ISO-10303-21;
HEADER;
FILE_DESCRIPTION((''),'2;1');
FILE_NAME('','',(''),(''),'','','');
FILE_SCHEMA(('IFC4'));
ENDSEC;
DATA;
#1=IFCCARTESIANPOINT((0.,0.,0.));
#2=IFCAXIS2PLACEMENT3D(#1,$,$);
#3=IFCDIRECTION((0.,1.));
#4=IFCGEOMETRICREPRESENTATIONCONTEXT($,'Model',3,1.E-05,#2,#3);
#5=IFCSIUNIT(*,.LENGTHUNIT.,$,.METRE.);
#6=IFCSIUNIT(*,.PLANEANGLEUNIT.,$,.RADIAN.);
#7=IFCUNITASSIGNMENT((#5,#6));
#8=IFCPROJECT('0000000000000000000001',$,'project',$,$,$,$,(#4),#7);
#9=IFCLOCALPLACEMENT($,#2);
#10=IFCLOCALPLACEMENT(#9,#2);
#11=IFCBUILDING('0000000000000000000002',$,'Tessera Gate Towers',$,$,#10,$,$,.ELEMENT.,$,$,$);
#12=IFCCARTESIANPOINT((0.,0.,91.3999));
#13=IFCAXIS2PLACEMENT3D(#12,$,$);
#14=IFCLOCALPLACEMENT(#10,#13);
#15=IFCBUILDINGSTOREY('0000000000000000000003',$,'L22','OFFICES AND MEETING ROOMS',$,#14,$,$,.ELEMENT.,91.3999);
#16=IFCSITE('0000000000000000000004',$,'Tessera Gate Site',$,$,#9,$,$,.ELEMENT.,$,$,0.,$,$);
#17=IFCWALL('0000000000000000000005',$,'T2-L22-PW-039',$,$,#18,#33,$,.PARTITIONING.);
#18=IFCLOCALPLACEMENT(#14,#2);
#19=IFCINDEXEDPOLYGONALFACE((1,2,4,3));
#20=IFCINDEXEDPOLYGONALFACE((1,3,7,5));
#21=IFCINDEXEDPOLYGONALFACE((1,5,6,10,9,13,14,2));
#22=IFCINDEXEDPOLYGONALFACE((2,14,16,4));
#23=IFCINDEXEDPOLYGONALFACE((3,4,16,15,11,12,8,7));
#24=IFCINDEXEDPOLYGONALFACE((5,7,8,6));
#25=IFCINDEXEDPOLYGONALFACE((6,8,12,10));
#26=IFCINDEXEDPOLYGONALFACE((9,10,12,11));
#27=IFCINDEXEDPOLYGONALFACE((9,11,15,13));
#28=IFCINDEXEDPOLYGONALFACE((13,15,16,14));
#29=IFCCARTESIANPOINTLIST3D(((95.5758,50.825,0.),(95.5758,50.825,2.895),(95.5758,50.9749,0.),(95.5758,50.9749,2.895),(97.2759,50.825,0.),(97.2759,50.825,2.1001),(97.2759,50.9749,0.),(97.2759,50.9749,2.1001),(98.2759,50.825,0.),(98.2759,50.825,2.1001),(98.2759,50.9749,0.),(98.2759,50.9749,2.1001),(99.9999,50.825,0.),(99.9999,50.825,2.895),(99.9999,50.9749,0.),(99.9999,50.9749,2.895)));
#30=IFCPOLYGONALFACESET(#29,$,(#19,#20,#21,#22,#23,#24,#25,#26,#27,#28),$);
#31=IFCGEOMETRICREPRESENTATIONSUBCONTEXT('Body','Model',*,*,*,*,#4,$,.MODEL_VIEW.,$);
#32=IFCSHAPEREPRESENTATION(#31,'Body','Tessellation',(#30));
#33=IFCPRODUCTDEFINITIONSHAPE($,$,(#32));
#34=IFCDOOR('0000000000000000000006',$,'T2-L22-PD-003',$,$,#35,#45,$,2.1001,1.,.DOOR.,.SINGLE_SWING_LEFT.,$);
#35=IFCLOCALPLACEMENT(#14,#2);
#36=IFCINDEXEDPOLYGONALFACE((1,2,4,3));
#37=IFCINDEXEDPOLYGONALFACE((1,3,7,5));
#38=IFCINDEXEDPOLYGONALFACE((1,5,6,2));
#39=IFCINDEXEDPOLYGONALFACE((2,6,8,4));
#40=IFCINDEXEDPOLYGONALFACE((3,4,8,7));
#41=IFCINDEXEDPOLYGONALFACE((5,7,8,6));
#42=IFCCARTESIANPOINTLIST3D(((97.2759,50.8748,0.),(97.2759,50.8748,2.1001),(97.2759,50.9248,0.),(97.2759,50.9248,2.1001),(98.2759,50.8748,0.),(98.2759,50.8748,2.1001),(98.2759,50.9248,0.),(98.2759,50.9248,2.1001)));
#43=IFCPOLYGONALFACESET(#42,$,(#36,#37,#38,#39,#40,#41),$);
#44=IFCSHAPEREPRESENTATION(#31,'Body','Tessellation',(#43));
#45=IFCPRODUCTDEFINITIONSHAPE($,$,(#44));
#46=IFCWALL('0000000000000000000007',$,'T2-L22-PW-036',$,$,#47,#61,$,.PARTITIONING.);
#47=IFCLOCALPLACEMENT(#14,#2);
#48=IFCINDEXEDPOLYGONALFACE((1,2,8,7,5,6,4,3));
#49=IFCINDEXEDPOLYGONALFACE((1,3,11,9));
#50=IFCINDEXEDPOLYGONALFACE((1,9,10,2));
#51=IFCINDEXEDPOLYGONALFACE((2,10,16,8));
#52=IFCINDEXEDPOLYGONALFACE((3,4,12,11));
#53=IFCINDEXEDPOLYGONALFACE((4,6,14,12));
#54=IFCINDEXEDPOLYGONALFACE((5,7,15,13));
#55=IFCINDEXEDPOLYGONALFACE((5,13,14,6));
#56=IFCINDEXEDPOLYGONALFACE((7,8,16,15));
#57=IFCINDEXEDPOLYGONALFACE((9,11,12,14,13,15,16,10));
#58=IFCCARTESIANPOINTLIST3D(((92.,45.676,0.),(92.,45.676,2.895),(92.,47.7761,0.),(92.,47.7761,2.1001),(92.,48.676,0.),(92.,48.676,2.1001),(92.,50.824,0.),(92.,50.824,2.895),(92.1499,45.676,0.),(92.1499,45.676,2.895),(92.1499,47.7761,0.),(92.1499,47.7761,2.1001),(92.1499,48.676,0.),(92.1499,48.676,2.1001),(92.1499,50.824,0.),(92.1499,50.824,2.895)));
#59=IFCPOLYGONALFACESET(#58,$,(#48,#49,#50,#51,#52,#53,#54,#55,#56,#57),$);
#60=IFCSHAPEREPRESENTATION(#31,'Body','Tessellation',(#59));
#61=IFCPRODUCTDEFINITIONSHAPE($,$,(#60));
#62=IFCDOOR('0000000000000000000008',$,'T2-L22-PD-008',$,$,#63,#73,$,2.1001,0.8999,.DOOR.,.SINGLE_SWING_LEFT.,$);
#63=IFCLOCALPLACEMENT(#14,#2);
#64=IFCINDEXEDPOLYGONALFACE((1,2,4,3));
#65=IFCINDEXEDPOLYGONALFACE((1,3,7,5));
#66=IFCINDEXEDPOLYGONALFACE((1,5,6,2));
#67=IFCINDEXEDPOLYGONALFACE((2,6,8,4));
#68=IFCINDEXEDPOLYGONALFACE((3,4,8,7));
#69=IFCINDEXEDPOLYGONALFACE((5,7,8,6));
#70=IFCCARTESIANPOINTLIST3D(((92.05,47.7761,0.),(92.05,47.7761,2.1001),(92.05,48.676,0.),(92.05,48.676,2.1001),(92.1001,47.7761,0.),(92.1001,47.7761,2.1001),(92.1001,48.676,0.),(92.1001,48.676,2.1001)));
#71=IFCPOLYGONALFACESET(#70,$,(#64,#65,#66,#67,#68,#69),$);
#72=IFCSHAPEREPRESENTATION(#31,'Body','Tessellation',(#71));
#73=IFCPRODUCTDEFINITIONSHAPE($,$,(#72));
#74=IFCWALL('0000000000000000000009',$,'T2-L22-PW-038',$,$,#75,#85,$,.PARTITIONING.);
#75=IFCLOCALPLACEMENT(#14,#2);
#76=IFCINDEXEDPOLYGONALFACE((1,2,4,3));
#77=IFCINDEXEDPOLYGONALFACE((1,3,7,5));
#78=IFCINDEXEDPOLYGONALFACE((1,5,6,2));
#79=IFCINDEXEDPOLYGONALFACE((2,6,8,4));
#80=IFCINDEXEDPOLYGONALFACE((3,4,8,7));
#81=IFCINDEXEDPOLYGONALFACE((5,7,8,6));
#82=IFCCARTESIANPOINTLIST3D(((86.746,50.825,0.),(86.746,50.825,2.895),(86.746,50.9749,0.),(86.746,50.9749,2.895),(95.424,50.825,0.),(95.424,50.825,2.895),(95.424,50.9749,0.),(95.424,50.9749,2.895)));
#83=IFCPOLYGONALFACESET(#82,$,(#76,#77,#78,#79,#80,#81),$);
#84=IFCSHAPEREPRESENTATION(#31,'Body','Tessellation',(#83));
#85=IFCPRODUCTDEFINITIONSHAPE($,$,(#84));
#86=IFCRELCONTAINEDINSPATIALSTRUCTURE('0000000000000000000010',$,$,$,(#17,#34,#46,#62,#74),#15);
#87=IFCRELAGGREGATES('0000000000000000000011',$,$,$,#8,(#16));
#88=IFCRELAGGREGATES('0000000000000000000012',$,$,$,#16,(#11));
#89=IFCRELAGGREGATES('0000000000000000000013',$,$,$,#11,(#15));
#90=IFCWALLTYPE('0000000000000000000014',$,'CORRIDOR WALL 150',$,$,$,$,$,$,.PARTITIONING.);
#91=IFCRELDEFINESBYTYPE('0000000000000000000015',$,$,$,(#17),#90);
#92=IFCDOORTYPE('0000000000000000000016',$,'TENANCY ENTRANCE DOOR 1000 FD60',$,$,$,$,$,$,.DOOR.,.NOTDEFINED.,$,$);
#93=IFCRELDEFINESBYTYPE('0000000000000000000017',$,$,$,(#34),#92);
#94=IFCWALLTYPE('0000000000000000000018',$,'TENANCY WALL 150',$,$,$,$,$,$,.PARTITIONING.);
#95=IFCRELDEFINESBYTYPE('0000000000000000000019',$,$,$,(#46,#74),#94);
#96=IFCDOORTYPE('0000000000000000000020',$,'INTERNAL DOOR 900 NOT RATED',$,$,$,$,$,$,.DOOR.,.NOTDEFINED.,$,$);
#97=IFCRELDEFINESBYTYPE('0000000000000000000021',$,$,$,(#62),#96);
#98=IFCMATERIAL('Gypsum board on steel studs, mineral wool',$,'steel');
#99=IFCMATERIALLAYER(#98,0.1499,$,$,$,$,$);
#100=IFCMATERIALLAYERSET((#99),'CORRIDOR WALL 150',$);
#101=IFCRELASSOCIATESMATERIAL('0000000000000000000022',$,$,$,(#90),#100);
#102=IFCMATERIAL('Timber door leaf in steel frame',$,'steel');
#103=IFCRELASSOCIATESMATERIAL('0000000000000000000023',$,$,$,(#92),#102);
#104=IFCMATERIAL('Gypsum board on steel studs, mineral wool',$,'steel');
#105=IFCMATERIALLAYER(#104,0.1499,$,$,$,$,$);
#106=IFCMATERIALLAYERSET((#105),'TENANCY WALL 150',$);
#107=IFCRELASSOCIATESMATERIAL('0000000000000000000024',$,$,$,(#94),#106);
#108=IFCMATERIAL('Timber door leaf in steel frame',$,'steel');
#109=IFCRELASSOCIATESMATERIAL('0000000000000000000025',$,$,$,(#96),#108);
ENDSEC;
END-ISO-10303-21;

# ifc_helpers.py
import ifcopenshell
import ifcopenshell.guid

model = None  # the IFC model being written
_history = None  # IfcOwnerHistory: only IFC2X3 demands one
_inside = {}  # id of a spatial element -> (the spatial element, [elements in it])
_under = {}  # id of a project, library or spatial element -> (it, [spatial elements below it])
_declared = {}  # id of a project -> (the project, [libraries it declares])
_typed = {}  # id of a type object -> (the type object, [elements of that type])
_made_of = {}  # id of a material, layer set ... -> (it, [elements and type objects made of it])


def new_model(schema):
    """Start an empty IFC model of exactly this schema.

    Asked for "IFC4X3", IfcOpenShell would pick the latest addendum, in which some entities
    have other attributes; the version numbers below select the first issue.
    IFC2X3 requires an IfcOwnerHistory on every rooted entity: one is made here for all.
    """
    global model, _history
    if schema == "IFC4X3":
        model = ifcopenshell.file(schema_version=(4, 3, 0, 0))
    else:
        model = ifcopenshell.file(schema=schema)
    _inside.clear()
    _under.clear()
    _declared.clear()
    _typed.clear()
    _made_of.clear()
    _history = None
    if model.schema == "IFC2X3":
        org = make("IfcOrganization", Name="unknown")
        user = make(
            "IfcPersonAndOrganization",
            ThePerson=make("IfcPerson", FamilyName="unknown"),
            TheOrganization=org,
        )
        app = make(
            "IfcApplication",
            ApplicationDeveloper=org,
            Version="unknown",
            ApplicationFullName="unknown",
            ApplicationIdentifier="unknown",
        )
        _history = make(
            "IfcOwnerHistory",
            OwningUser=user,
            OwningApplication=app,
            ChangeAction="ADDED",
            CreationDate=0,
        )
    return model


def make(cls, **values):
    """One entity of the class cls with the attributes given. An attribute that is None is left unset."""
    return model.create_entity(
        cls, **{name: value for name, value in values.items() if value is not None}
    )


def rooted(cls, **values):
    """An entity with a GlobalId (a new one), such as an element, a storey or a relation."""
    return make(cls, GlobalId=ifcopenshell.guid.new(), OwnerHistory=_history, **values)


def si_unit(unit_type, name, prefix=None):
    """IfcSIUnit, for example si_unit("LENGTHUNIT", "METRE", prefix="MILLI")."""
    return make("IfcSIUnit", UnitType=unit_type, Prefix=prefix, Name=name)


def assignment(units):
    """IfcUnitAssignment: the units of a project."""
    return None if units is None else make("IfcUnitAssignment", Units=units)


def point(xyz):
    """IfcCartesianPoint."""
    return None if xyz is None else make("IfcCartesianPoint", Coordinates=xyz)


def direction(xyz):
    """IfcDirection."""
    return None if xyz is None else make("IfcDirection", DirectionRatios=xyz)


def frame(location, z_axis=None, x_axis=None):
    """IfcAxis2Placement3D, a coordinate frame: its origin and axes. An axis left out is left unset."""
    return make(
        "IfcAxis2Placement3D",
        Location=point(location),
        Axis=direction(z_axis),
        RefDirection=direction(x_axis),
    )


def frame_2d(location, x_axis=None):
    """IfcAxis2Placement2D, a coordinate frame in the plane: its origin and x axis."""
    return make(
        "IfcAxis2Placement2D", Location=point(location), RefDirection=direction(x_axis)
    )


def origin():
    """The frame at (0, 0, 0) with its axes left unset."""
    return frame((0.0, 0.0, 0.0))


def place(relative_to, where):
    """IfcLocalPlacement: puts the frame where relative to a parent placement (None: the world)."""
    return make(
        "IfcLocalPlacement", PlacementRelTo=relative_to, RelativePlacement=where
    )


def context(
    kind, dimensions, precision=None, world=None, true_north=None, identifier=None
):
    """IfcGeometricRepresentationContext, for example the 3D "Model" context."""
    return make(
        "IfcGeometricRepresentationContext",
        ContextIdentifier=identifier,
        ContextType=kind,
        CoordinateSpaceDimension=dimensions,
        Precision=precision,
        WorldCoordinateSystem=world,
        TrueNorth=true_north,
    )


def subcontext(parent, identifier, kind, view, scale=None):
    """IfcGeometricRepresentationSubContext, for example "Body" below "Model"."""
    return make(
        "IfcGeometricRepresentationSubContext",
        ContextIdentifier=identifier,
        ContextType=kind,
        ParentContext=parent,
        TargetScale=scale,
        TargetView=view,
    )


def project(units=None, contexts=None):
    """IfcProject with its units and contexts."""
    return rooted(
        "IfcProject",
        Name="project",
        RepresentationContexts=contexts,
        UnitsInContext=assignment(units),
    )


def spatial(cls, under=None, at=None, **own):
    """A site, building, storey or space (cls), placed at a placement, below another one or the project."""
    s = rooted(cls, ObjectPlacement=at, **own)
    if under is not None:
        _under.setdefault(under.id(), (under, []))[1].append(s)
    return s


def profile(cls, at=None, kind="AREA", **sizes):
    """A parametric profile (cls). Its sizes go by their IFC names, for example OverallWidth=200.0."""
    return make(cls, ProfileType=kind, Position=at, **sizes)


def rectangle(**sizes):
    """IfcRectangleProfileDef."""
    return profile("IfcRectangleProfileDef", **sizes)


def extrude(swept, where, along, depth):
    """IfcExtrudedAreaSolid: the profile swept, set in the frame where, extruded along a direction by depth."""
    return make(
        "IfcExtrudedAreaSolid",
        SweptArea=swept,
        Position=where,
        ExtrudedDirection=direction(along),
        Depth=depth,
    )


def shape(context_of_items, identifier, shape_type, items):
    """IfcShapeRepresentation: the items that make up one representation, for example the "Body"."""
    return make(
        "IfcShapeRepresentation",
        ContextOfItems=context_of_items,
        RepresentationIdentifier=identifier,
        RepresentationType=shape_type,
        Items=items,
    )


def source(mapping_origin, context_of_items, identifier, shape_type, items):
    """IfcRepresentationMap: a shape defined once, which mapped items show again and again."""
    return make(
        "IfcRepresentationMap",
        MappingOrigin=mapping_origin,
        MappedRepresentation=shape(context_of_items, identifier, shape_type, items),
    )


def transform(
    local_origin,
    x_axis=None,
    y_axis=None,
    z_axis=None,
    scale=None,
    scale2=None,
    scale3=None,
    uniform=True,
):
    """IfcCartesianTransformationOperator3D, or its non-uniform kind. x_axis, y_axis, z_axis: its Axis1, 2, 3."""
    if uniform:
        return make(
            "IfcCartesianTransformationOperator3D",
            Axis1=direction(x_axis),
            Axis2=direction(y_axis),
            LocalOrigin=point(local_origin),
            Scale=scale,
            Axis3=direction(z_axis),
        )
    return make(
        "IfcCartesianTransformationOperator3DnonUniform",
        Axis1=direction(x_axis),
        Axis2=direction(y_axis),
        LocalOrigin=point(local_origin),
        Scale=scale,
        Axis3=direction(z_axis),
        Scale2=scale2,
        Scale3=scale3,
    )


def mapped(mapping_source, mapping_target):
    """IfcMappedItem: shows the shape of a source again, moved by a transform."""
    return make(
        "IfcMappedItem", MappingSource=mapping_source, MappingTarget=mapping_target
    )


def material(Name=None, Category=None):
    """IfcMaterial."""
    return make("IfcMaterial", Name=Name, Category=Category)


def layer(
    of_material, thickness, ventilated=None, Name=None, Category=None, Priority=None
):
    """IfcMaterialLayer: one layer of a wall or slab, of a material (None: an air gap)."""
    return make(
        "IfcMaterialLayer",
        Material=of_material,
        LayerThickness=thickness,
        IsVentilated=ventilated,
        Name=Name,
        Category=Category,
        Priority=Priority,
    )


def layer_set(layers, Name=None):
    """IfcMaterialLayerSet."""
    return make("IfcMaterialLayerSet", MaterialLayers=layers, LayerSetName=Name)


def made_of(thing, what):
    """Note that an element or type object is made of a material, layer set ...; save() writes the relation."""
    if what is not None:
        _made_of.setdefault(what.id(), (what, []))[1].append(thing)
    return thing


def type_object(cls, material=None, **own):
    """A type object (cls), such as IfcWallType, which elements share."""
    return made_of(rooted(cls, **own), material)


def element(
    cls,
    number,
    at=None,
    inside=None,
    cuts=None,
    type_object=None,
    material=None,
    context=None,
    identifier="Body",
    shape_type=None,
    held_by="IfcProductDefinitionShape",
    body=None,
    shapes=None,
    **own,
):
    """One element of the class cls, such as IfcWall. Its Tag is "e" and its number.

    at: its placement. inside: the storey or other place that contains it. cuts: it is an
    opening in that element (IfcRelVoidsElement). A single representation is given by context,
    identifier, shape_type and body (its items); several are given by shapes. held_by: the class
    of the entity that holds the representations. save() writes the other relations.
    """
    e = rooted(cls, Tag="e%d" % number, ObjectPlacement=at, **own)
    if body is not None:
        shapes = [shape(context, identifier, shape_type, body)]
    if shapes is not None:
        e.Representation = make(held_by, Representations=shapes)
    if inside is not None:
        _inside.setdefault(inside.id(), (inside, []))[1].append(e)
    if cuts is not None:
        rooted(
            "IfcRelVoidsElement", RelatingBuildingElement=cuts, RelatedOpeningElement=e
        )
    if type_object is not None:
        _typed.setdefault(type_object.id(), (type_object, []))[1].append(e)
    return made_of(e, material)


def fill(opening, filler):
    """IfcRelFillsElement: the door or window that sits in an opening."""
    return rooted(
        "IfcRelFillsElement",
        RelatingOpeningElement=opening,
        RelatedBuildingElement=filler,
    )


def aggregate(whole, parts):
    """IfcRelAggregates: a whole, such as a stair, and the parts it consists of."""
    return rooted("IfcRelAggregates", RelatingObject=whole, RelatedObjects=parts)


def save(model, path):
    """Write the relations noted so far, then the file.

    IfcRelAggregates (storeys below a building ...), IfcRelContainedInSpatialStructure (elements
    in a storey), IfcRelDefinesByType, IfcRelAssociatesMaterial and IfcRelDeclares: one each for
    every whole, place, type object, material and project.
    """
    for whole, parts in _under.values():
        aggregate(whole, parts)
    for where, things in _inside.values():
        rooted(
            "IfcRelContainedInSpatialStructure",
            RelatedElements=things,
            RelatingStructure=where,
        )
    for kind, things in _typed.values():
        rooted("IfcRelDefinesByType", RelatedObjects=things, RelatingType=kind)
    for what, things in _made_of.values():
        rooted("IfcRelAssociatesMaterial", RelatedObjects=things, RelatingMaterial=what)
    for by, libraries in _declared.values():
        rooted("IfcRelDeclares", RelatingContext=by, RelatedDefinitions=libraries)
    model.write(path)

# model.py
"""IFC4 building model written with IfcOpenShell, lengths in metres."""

from ifc_helpers import new_model, si_unit, direction, frame, frame_2d, origin, place, context, subcontext, project, spatial, rectangle, extrude, source, transform, mapped, material, layer, layer_set, type_object, element, fill, save


model = new_model("IFC4")

# Units and contexts
model_context = context("Model", 3, precision=1e-05, world=origin(), true_north=direction((0.0, 1.0)))
body_context = subcontext(model_context, "Body", "Model", "MODEL_VIEW")
ifc_project = project(units=[si_unit("LENGTHUNIT", "METRE"), si_unit("PLANEANGLEUNIT", "RADIAN")], contexts=[model_context])

# Site, building, storey
site_placement = place(None, origin())
site = spatial("IfcSite", under=ifc_project, at=site_placement, Name="Tessera Gate Site", CompositionType="ELEMENT", RefElevation=0.0)
building_placement = place(site_placement, origin())
building = spatial("IfcBuilding", under=site, at=building_placement, Name="Tessera Gate Towers", CompositionType="ELEMENT")
storey_placement = place(building_placement, frame((0.0, 0.0, 91.3999)))
storey = spatial("IfcBuildingStorey", under=building, at=storey_placement, Name="L22", Description="OFFICES AND MEETING ROOMS", CompositionType="ELEMENT", Elevation=91.3999)

# Walls, openings, doors
ifc_material_1 = material(Name="Gypsum board on steel studs, mineral wool", Category="steel")
ifc_layer_1 = layer(ifc_material_1, 0.1499)
ifc_layer_set_1 = layer_set([ifc_layer_1], Name="CORRIDOR WALL 150")
wall_type_1 = type_object("IfcWallType", Name="CORRIDOR WALL 150", PredefinedType="PARTITIONING", material=ifc_layer_set_1)
wall_1_placement = place(storey_placement, frame((95.5759, 50.8999, 0.0), z_axis=(0.0, 0.0, 1.0), x_axis=(1.0, 0.0, 0.0)))
wall_1 = element("IfcWall", 1, at=wall_1_placement, inside=storey, type_object=wall_type_1, Name="T2-L22-PW-039", PredefinedType="PARTITIONING", context=body_context, shape_type="SweptSolid", body=[
    extrude(rectangle(XDim=4.4241, YDim=0.1499, at=frame_2d((2.2119, 0.0))), origin(), (0.0, 0.0, 1.0), 2.895),
])
shared_shape_1 = source(origin(), body_context, "Body", "SweptSolid", [
    extrude(rectangle(XDim=1.0, YDim=2.1001, at=frame_2d((0.5, 1.05))), frame((0.0, 0.085, 0.0), z_axis=(0.0, -1.0, 0.0), x_axis=(1.0, 0.0, 0.0)), (0.0, 0.0, 1.0), 0.1699),
])
opening_1_placement = place(wall_1_placement, frame((1.7, 0.0, 0.0)))
opening_1 = element("IfcOpeningElement", 2, at=opening_1_placement, cuts=wall_1, PredefinedType="OPENING", context=body_context, shape_type="MappedRepresentation", body=[
    mapped(shared_shape_1, transform((0.0, 0.0, 0.0), scale=1.0)),
])
ifc_material_2 = material(Name="Timber door leaf in steel frame", Category="steel")
door_type_1 = type_object("IfcDoorType", Name="TENANCY ENTRANCE DOOR 1000 FD60", OperationType="NOTDEFINED", PredefinedType="DOOR", material=ifc_material_2)
shared_shape_2 = source(origin(), body_context, "Body", "SweptSolid", [
    extrude(rectangle(XDim=1.0, YDim=2.1001, at=frame_2d((0.5, 1.05))), frame((0.0, 0.0249, 0.0), z_axis=(0.0, -1.0, 0.0), x_axis=(1.0, 0.0, 0.0)), (0.0, 0.0, 1.0), 0.05),
])
door_1_placement = place(opening_1_placement, origin())
door_1 = element("IfcDoor", 3, at=door_1_placement, inside=storey, type_object=door_type_1, Name="T2-L22-PD-003", OperationType="SINGLE_SWING_LEFT", OverallHeight=2.1001, OverallWidth=1.0, PredefinedType="DOOR", context=body_context, shape_type="MappedRepresentation", body=[
    mapped(shared_shape_2, transform((0.0, 0.0, 0.0), scale=1.0)),
])
fill(opening_1, door_1)
ifc_material_3 = material(Name="Gypsum board on steel studs, mineral wool", Category="steel")
ifc_layer_2 = layer(ifc_material_3, 0.1499)
ifc_layer_set_2 = layer_set([ifc_layer_2], Name="TENANCY WALL 150")
wall_type_2 = type_object("IfcWallType", Name="TENANCY WALL 150", PredefinedType="PARTITIONING", material=ifc_layer_set_2)
wall_2_placement = place(storey_placement, frame((92.075, 45.676, 0.0), z_axis=(0.0, 0.0, 1.0), x_axis=(0.0, 1.0, 0.0)))
wall_2 = element("IfcWall", 4, at=wall_2_placement, inside=storey, type_object=wall_type_2, Name="T2-L22-PW-036", PredefinedType="PARTITIONING", context=body_context, shape_type="SweptSolid", body=[
    extrude(rectangle(XDim=5.1479, YDim=0.1499, at=frame_2d((2.574, 0.0))), origin(), (0.0, 0.0, 1.0), 2.895),
])
shared_shape_3 = source(origin(), body_context, "Body", "SweptSolid", [
    extrude(rectangle(XDim=0.8999, YDim=2.1001, at=frame_2d((0.45, 1.05))), frame((0.0, 0.085, 0.0), z_axis=(0.0, -1.0, 0.0), x_axis=(1.0, 0.0, 0.0)), (0.0, 0.0, 1.0), 0.1699),
])
opening_2_placement = place(wall_2_placement, frame((2.1001, 0.0, 0.0)))
opening_2 = element("IfcOpeningElement", 5, at=opening_2_placement, cuts=wall_2, PredefinedType="OPENING", context=body_context, shape_type="MappedRepresentation", body=[
    mapped(shared_shape_3, transform((0.0, 0.0, 0.0), scale=1.0)),
])
ifc_material_4 = material(Name="Timber door leaf in steel frame", Category="steel")
door_type_2 = type_object("IfcDoorType", Name="INTERNAL DOOR 900 NOT RATED", OperationType="NOTDEFINED", PredefinedType="DOOR", material=ifc_material_4)
shared_shape_4 = source(origin(), body_context, "Body", "SweptSolid", [
    extrude(rectangle(XDim=0.8999, YDim=2.1001, at=frame_2d((0.45, 1.05))), frame((0.0, 0.0249, 0.0), z_axis=(0.0, -1.0, 0.0), x_axis=(1.0, 0.0, 0.0)), (0.0, 0.0, 1.0), 0.05),
])
door_2_placement = place(opening_2_placement, origin())
door_2 = element("IfcDoor", 6, at=door_2_placement, inside=storey, type_object=door_type_2, Name="T2-L22-PD-008", OperationType="SINGLE_SWING_LEFT", OverallHeight=2.1001, OverallWidth=0.8999, PredefinedType="DOOR", context=body_context, shape_type="MappedRepresentation", body=[
    mapped(shared_shape_4, transform((0.0, 0.0, 0.0), scale=1.0)),
])
fill(opening_2, door_2)

# Wall
wall_3_placement = place(storey_placement, frame((86.7461, 50.8999, 0.0), z_axis=(0.0, 0.0, 1.0), x_axis=(1.0, 0.0, 0.0)))
element("IfcWall", 7, at=wall_3_placement, inside=storey, type_object=wall_type_2, Name="T2-L22-PW-038", PredefinedType="PARTITIONING", context=body_context, shape_type="SweptSolid", body=[
    extrude(rectangle(XDim=8.678, YDim=0.1499, at=frame_2d((4.3389, 0.0))), origin(), (0.0, 0.0, 1.0), 2.895),
])

save(model, "model.ifc")
